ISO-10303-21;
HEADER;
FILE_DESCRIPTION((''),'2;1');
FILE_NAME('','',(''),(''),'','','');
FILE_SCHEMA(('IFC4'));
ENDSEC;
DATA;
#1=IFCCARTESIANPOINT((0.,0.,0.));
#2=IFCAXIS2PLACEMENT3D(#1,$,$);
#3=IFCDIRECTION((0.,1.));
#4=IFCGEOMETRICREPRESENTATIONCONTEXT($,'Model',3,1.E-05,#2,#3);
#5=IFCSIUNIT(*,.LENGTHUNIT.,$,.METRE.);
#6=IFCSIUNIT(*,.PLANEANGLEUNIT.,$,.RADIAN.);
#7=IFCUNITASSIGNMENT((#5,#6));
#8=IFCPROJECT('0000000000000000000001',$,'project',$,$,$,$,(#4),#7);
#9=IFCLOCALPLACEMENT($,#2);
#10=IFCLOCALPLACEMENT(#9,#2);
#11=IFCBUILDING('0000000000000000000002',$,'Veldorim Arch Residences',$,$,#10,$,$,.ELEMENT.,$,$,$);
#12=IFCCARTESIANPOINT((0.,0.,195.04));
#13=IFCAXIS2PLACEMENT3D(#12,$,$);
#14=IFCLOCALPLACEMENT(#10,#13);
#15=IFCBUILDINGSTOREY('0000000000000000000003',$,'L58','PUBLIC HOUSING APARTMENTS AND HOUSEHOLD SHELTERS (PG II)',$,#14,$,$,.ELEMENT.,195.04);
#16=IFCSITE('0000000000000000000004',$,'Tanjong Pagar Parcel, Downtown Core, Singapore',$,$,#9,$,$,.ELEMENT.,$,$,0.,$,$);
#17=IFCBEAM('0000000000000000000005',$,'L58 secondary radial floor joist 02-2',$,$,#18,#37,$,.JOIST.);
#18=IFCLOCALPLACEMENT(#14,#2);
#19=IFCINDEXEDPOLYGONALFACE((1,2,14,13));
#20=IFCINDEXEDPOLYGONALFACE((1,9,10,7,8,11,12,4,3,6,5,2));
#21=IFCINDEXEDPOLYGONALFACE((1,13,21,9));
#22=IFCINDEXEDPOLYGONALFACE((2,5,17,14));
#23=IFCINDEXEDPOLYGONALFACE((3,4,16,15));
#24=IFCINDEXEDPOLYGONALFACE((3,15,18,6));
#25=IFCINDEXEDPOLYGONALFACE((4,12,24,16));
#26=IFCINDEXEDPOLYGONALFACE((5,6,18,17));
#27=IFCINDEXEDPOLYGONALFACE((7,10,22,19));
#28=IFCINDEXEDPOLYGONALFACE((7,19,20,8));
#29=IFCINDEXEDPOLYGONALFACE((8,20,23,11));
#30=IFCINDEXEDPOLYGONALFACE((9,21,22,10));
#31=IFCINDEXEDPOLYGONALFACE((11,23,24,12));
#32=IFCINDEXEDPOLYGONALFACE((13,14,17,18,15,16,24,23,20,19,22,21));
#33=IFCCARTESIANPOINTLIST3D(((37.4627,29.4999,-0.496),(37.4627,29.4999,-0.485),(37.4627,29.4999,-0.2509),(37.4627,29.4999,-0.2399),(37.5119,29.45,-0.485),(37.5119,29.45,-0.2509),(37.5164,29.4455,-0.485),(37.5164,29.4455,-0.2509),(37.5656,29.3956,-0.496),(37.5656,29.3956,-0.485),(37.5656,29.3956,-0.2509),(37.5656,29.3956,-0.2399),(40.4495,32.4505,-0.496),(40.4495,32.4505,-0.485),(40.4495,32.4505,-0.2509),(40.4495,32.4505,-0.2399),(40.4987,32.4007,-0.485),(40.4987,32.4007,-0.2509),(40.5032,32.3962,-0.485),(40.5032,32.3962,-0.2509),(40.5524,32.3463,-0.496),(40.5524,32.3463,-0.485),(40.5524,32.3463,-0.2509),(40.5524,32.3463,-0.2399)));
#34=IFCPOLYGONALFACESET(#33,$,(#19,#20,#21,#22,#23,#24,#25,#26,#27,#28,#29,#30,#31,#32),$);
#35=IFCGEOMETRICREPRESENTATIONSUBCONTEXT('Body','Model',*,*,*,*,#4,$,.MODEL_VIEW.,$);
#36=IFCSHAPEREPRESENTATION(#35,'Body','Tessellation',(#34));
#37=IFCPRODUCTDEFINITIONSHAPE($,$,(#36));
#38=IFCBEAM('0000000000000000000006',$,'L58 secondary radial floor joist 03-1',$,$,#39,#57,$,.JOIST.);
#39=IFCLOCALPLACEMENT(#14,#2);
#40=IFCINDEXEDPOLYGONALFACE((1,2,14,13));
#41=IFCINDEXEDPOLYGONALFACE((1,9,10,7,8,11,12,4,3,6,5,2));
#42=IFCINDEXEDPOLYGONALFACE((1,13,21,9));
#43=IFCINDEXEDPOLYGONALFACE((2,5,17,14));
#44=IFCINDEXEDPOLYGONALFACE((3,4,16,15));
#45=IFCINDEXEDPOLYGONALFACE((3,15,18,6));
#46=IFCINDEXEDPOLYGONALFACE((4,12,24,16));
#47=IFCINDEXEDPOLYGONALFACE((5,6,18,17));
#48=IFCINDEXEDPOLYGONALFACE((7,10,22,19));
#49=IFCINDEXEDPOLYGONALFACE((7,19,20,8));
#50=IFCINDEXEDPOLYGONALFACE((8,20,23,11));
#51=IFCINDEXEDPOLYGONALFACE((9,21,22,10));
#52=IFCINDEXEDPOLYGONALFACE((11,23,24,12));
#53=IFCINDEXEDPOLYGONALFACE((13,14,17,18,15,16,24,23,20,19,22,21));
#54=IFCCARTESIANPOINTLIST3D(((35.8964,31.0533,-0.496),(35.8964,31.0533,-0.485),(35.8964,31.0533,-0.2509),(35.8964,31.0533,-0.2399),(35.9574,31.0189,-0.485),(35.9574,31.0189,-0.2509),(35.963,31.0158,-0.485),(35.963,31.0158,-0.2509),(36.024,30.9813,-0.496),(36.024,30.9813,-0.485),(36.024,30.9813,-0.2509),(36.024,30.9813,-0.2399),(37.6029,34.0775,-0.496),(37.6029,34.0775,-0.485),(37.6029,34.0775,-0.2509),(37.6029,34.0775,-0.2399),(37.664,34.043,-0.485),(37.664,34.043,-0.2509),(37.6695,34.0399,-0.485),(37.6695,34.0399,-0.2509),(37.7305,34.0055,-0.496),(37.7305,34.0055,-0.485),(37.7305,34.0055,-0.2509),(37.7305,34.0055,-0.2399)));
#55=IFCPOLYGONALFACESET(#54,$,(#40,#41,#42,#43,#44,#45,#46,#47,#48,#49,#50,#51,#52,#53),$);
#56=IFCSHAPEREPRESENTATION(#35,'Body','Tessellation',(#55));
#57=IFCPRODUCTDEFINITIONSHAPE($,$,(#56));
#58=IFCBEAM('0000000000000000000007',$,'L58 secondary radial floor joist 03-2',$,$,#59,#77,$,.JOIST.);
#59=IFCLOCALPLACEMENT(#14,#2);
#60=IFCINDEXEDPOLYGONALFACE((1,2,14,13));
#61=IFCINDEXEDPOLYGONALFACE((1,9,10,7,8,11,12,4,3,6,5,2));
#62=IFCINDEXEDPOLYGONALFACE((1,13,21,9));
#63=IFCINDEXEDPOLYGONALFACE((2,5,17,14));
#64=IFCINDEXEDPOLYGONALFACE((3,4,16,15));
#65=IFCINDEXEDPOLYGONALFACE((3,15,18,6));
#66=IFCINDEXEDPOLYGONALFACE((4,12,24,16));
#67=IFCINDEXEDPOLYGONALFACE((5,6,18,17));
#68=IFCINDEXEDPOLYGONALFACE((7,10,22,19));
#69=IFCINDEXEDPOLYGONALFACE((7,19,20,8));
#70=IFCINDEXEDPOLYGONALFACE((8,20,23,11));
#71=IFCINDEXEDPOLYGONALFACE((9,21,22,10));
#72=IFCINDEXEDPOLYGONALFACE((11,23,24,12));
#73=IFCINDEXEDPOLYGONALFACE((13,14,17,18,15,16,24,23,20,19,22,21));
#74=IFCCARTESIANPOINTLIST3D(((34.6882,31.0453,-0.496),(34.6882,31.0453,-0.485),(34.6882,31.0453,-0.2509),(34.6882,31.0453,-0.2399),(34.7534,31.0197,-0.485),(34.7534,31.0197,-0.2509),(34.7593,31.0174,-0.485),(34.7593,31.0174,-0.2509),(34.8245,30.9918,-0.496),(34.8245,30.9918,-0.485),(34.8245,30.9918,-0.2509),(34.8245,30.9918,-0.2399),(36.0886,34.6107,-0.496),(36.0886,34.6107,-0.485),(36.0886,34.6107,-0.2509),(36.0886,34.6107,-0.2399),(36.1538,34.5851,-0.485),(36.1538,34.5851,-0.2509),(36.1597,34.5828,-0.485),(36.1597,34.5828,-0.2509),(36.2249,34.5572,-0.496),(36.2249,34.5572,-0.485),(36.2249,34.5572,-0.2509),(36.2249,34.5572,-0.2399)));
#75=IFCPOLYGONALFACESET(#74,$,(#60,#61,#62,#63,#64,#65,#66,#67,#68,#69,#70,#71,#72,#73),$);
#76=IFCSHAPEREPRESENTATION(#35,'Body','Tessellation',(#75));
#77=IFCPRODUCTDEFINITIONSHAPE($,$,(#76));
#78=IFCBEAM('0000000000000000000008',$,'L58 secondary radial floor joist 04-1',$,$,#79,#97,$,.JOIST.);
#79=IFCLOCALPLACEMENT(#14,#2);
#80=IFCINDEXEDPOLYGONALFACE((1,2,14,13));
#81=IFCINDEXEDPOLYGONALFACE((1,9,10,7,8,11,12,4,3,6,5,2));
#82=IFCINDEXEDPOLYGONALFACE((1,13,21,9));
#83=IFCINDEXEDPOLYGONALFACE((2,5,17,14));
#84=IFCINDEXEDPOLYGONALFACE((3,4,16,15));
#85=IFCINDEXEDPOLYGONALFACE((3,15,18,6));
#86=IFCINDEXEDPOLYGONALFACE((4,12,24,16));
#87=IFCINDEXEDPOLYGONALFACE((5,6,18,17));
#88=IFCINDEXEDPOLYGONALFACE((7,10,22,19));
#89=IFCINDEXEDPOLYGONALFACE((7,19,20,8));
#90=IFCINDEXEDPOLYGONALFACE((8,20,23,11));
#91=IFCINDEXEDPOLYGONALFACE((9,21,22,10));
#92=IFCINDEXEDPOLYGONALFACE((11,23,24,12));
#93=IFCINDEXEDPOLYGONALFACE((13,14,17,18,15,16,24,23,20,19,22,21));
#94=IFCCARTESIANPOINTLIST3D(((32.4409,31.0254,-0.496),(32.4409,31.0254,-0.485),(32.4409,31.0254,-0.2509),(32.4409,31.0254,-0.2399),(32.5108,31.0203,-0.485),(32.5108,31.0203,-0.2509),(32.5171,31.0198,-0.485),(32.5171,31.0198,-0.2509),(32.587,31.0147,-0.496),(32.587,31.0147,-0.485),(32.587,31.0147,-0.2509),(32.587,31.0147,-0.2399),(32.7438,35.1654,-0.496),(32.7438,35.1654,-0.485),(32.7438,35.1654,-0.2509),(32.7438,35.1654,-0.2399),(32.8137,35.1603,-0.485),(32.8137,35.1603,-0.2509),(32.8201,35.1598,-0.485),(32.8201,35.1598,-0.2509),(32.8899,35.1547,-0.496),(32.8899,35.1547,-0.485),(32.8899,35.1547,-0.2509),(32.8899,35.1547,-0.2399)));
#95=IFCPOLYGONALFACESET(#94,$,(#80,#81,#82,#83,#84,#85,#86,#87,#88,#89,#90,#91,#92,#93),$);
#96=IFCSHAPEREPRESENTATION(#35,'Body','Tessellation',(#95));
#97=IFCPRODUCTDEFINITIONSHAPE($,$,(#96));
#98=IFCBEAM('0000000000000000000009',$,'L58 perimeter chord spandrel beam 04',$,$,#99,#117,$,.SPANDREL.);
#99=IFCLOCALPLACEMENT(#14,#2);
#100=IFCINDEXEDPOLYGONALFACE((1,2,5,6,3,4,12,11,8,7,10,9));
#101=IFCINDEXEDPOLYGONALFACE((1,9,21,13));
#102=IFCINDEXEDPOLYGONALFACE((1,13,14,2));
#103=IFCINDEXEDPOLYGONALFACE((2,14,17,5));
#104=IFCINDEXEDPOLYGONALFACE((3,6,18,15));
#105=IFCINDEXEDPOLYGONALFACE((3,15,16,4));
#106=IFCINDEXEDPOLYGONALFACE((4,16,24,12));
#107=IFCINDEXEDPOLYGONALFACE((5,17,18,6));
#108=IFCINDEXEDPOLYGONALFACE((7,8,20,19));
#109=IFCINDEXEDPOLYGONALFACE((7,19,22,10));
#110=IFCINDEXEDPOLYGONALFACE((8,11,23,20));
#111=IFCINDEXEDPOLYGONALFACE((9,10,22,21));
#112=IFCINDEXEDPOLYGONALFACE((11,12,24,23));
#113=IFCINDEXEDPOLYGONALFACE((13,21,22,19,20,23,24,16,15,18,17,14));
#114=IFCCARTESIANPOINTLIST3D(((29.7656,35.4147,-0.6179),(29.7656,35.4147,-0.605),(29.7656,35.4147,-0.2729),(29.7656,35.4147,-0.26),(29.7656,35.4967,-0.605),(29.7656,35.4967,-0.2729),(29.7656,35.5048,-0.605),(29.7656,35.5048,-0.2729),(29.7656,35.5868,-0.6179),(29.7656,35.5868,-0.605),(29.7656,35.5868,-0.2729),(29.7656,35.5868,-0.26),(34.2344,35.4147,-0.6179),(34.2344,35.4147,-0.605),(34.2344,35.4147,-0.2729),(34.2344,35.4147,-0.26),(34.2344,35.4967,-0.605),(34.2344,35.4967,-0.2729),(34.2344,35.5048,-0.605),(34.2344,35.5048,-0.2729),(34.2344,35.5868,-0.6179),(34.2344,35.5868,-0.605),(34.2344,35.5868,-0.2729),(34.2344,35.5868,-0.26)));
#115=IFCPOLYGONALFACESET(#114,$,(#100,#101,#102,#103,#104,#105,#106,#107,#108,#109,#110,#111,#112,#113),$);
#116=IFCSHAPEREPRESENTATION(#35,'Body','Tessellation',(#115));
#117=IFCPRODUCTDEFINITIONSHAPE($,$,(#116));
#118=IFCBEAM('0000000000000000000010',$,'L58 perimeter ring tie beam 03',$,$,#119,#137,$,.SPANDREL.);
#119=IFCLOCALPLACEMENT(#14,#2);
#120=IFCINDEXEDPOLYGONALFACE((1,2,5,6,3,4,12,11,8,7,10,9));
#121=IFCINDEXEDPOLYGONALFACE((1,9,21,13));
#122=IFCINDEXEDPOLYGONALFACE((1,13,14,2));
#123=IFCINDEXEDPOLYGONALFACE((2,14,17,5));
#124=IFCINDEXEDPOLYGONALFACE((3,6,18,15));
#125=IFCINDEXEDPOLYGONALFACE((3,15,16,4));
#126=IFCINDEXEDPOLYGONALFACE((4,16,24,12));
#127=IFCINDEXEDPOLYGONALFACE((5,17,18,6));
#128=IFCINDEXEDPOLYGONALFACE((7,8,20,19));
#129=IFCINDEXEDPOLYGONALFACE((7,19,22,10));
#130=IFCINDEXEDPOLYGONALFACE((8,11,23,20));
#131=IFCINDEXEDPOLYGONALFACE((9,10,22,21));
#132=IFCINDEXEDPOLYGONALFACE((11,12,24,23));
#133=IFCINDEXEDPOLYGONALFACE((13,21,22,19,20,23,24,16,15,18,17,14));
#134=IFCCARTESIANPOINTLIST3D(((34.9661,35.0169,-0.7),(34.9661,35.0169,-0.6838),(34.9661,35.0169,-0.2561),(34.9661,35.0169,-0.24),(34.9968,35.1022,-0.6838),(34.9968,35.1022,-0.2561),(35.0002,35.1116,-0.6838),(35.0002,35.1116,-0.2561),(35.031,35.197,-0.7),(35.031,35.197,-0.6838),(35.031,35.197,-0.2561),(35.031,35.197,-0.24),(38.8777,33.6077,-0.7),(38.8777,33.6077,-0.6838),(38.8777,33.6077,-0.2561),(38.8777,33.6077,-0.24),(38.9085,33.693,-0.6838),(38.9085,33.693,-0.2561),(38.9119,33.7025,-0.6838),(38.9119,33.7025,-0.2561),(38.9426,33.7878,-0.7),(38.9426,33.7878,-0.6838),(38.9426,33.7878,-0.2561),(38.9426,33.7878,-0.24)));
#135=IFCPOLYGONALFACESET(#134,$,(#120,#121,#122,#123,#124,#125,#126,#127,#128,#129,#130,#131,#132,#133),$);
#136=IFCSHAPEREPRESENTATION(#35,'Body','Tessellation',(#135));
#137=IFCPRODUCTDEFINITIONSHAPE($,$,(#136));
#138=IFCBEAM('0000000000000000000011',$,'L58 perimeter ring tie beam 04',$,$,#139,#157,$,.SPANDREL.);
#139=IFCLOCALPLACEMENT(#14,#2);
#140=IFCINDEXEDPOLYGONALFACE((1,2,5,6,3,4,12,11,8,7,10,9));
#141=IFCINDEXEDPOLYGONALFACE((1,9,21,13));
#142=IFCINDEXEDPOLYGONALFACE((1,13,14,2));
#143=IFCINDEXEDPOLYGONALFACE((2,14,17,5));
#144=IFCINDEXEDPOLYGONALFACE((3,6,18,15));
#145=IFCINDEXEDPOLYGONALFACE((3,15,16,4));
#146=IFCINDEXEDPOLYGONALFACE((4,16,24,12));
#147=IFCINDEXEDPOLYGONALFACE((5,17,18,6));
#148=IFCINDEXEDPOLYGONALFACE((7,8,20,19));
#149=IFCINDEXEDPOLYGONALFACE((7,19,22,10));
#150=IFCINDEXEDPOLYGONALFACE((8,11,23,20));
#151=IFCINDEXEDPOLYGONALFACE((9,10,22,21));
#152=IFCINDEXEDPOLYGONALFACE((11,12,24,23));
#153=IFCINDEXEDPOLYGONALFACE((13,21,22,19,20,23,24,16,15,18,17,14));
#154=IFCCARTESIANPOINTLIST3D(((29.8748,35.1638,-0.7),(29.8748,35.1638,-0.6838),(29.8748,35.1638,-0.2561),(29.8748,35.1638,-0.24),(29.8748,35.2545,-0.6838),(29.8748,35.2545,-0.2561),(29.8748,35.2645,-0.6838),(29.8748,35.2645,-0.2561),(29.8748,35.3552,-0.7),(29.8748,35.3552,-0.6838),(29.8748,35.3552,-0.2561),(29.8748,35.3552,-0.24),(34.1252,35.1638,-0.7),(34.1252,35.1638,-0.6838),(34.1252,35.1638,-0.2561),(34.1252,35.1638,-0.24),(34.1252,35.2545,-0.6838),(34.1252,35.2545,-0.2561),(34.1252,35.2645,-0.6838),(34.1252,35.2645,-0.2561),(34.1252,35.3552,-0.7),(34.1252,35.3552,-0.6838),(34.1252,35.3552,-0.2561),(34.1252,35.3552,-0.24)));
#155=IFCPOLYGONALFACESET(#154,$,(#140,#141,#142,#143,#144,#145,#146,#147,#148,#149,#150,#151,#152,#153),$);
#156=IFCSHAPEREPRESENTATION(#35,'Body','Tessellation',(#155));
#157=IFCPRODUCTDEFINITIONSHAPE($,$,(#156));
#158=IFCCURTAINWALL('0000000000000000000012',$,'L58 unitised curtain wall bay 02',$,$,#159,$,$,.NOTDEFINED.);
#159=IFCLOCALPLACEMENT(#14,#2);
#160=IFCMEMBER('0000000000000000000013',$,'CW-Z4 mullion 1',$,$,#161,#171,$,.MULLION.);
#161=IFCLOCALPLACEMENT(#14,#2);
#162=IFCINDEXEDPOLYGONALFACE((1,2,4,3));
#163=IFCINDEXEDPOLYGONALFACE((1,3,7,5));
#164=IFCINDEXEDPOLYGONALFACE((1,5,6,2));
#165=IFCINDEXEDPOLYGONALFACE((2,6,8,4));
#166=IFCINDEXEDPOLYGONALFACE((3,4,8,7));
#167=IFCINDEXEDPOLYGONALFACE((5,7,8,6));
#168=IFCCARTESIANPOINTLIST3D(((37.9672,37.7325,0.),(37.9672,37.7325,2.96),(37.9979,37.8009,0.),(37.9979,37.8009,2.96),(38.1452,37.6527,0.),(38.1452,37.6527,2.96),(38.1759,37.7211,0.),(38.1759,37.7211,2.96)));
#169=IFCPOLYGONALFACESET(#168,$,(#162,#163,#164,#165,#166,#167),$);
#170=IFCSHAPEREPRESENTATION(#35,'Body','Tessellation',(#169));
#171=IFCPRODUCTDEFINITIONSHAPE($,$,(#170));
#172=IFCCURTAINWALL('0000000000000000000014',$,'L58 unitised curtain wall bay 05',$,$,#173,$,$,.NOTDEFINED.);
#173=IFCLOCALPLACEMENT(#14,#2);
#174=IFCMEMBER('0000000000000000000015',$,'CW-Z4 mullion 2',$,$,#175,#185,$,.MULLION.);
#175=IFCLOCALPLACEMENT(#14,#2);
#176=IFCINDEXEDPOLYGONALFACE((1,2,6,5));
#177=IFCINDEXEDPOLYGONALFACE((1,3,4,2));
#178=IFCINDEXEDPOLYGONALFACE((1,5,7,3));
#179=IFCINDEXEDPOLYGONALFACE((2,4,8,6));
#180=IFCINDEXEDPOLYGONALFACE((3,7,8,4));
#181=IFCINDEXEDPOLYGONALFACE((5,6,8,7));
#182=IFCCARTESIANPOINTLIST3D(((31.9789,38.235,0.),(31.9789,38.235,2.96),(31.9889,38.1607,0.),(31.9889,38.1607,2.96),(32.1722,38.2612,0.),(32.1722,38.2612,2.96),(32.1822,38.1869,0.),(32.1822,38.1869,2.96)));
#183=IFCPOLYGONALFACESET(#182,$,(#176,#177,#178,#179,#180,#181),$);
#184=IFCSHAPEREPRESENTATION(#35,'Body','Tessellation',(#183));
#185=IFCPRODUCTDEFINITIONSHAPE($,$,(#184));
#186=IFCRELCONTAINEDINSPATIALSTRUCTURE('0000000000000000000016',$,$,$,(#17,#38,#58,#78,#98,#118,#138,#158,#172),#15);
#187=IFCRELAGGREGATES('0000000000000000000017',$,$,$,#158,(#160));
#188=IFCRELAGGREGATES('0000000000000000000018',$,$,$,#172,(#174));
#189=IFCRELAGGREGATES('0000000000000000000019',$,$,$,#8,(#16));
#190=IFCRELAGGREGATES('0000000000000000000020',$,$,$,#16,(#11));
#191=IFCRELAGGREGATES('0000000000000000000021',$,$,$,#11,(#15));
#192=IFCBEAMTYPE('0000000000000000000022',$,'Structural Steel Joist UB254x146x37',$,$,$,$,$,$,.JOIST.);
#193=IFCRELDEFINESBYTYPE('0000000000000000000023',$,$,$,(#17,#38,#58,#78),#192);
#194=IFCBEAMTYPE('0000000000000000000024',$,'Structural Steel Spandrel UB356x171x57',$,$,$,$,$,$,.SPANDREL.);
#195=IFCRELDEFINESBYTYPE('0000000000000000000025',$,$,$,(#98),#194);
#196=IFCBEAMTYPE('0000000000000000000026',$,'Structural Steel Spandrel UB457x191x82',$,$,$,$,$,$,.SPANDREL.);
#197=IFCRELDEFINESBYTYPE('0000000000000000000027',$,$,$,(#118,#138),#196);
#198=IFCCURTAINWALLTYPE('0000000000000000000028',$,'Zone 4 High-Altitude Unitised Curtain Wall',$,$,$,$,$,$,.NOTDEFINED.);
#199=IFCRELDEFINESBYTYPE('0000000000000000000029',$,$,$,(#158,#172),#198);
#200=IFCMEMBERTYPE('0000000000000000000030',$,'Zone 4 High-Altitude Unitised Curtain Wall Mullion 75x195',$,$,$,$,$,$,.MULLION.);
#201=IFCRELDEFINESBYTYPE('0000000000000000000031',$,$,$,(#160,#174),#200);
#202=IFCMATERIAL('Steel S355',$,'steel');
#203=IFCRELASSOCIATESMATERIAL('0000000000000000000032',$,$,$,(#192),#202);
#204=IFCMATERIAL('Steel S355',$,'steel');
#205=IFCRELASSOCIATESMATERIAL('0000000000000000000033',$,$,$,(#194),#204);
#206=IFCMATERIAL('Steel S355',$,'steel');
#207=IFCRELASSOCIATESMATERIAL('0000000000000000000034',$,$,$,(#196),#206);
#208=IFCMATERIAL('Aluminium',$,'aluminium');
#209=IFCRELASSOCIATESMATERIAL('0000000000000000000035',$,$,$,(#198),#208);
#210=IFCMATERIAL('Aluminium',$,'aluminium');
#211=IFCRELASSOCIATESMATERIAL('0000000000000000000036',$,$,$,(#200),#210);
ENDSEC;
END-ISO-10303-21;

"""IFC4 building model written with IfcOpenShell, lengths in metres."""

from ifc_helpers import new_model, si_unit, direction, frame, origin, origin_2d, place, context, subcontext, project, spatial, rectangle, i_section, extrude, material, material_profile, profile_set, type_object, element, aggregate, save


model = new_model("IFC4")

# Units and contexts
model_context = context("Model", 3, precision=1e-05, world=origin(), true_north=direction((0.0, 1.0)))
body_context = subcontext(model_context, "Body", "Model", "MODEL_VIEW")
ifc_project = project(units=[si_unit("LENGTHUNIT", "METRE"), si_unit("PLANEANGLEUNIT", "RADIAN")], contexts=[model_context])

# Site, building, storey
site_placement = place(None, origin())
site = spatial("IfcSite", under=ifc_project, at=site_placement, Name="Tanjong Pagar Parcel, Downtown Core, Singapore", CompositionType="ELEMENT", RefElevation=0.0)
building_placement = place(site_placement, origin())
building = spatial("IfcBuilding", under=site, at=building_placement, Name="Veldorim Arch Residences", CompositionType="ELEMENT")
storey_placement = place(building_placement, frame((0.0, 0.0, 195.04)))
storey = spatial("IfcBuildingStorey", under=building, at=storey_placement, Name="L58", Description="PUBLIC HOUSING APARTMENTS AND HOUSEHOLD SHELTERS (PG II)", CompositionType="ELEMENT", Elevation=195.04)

# Beams
ifc_material_1 = material(Name="Steel S355", Category="steel")
ifc_material_profile_1 = material_profile(ifc_material_1, i_section(OverallWidth=0.1465, OverallDepth=0.2561, WebThickness=0.0063, FlangeThickness=0.011, at=origin_2d()), Name="UB254x146x37")
ifc_profile_set_1 = profile_set([ifc_material_profile_1], Name="Steel S355")
beam_type_1 = type_object("IfcBeamType", Name="Structural Steel Joist UB254x146x37", PredefinedType="JOIST", material=ifc_profile_set_1)
beam_1_placement = place(storey_placement, frame((37.5142, 29.4478, -0.3679), z_axis=(0.711397, 0.702791, 0.0), x_axis=(-0.702791, 0.711397, 0.0)))
element("IfcBeam", 1, at=beam_1_placement, inside=storey, type_object=beam_type_1, Name="L58 secondary radial floor joist 02-2", PredefinedType="JOIST", context=body_context, shape_type="SweptSolid", body=[
    extrude(i_section(OverallWidth=0.1465, OverallDepth=0.2561, WebThickness=0.0063, FlangeThickness=0.011, at=origin_2d()), origin(), (0.0, 0.0, 1.0), 4.1985),
])
beam_2_placement = place(storey_placement, frame((35.9602, 31.0173, -0.3679), z_axis=(0.491452, 0.870904, 0.0), x_axis=(-0.870904, 0.491452, 0.0)))
element("IfcBeam", 2, at=beam_2_placement, inside=storey, type_object=beam_type_1, Name="L58 secondary radial floor joist 03-1", PredefinedType="JOIST", context=body_context, shape_type="SweptSolid", body=[
    extrude(i_section(OverallWidth=0.1465, OverallDepth=0.2561, WebThickness=0.0063, FlangeThickness=0.011, at=origin_2d()), origin(), (0.0, 0.0, 1.0), 3.4724),
])
beam_3_placement = place(storey_placement, frame((34.7563, 31.0186, -0.3679), z_axis=(0.365581, 0.930779, 0.0), x_axis=(-0.930779, 0.365581, 0.0)))
element("IfcBeam", 3, at=beam_3_placement, inside=storey, type_object=beam_type_1, Name="L58 secondary radial floor joist 03-2", PredefinedType="JOIST", context=body_context, shape_type="SweptSolid", body=[
    extrude(i_section(OverallWidth=0.1465, OverallDepth=0.2561, WebThickness=0.0063, FlangeThickness=0.011, at=origin_2d()), origin(), (0.0, 0.0, 1.0), 3.8306),
])
beam_4_placement = place(storey_placement, frame((32.5139, 31.02, -0.3679), z_axis=(0.072986, 0.997333, 0.0), x_axis=(-0.997333, 0.072986, 0.0)))
element("IfcBeam", 4, at=beam_4_placement, inside=storey, type_object=beam_type_1, Name="L58 secondary radial floor joist 04-1", PredefinedType="JOIST", context=body_context, shape_type="SweptSolid", body=[
    extrude(i_section(OverallWidth=0.1465, OverallDepth=0.2561, WebThickness=0.0063, FlangeThickness=0.011, at=origin_2d()), origin(), (0.0, 0.0, 1.0), 4.1511),
])
ifc_material_2 = material(Name="Steel S355", Category="steel")
ifc_material_profile_2 = material_profile(ifc_material_2, i_section(OverallWidth=0.1721, OverallDepth=0.3579, WebThickness=0.0081, FlangeThickness=0.0129, at=origin_2d()), Name="UB356x171x57")
ifc_profile_set_2 = profile_set([ifc_material_profile_2], Name="Steel S355")
beam_type_2 = type_object("IfcBeamType", Name="Structural Steel Spandrel UB356x171x57", PredefinedType="SPANDREL", material=ifc_profile_set_2)
beam_5_placement = place(storey_placement, frame((34.2344, 35.5007, -0.439), z_axis=(-1.0, 0.0, 0.0), x_axis=(0.0, -1.0, 0.0)))
element("IfcBeam", 5, at=beam_5_placement, inside=storey, type_object=beam_type_2, Name="L58 perimeter chord spandrel beam 04", PredefinedType="SPANDREL", context=body_context, shape_type="SweptSolid", body=[
    extrude(i_section(OverallWidth=0.1721, OverallDepth=0.3579, WebThickness=0.0081, FlangeThickness=0.0129, at=origin_2d()), origin(), (0.0, 0.0, 1.0), 4.4688),
])
ifc_material_3 = material(Name="Steel S355", Category="steel")
ifc_material_profile_3 = material_profile(ifc_material_3, i_section(OverallWidth=0.1914, OverallDepth=0.46, WebThickness=0.01, FlangeThickness=0.0161, at=origin_2d()), Name="UB457x191x82")
ifc_profile_set_3 = profile_set([ifc_material_profile_3], Name="Steel S355")
beam_type_3 = type_object("IfcBeamType", Name="Structural Steel Spandrel UB457x191x82", PredefinedType="SPANDREL", material=ifc_profile_set_3)
beam_6_placement = place(storey_placement, frame((38.9102, 33.6978, -0.47), z_axis=(-0.940811, 0.338932, 0.0), x_axis=(-0.338932, -0.940811, 0.0)))
element("IfcBeam", 6, at=beam_6_placement, inside=storey, type_object=beam_type_3, Name="L58 perimeter ring tie beam 03", PredefinedType="SPANDREL", context=body_context, shape_type="SweptSolid", body=[
    extrude(i_section(OverallWidth=0.1914, OverallDepth=0.46, WebThickness=0.01, FlangeThickness=0.0161, at=origin_2d()), origin(), (0.0, 0.0, 1.0), 4.1577),
])
beam_7_placement = place(storey_placement, frame((34.1252, 35.2595, -0.47), z_axis=(-1.0, 0.0, 0.0), x_axis=(0.0, -1.0, 0.0)))
element("IfcBeam", 7, at=beam_7_placement, inside=storey, type_object=beam_type_3, Name="L58 perimeter ring tie beam 04", PredefinedType="SPANDREL", context=body_context, shape_type="SweptSolid", body=[
    extrude(i_section(OverallWidth=0.1914, OverallDepth=0.46, WebThickness=0.01, FlangeThickness=0.0161, at=origin_2d()), origin(), (0.0, 0.0, 1.0), 4.2505),
])

# Curtain wall, member
ifc_material_4 = material(Name="Aluminium", Category="aluminium")
curtain_wall_type = type_object("IfcCurtainWallType", Name="Zone 4 High-Altitude Unitised Curtain Wall", PredefinedType="NOTDEFINED", material=ifc_material_4)
curtain_wall_1_placement = place(storey_placement, origin())
curtain_wall_1 = element("IfcCurtainWall", 8, at=curtain_wall_1_placement, inside=storey, type_object=curtain_wall_type, Name="L58 unitised curtain wall bay 02", PredefinedType="NOTDEFINED")
ifc_material_5 = material(Name="Aluminium", Category="aluminium")
ifc_material_profile_4 = material_profile(ifc_material_5, rectangle(XDim=0.075, YDim=0.1951, at=origin_2d()), Name="ALU_MUL_75x195")
ifc_profile_set_4 = profile_set([ifc_material_profile_4], Name="Aluminium")
member_type_1 = type_object("IfcMemberType", Name="Zone 4 High-Altitude Unitised Curtain Wall Mullion 75x195", PredefinedType="MULLION", material=ifc_profile_set_4)
member_1_placement = place(storey_placement, frame((38.0715, 37.7268, 0.0), z_axis=(0.0, 0.0, 1.0), x_axis=(0.409149, 0.912468, 0.0)))
member_1 = element("IfcMember", 9, at=member_1_placement, type_object=member_type_1, Name="CW-Z4 mullion 1", PredefinedType="MULLION", context=body_context, shape_type="SweptSolid", body=[
    extrude(rectangle(XDim=0.075, YDim=0.1951, at=origin_2d()), origin(), (0.0, 0.0, 1.0), 2.96),
])

# Curtain wall, member
curtain_wall_2_placement = place(storey_placement, origin())
curtain_wall_2 = element("IfcCurtainWall", 10, at=curtain_wall_2_placement, inside=storey, type_object=curtain_wall_type, Name="L58 unitised curtain wall bay 05", PredefinedType="NOTDEFINED")
member_2_placement = place(storey_placement, frame((32.0806, 38.2109, 0.0), z_axis=(0.0, 0.0, 1.0), x_axis=(-0.134245, 0.990948, 0.0)))
member_2 = element("IfcMember", 11, at=member_2_placement, type_object=member_type_1, Name="CW-Z4 mullion 2", PredefinedType="MULLION", context=body_context, shape_type="SweptSolid", body=[
    extrude(rectangle(XDim=0.075, YDim=0.1951, at=origin_2d()), origin(), (0.0, 0.0, 1.0), 2.96),
])

aggregate(curtain_wall_1, [member_1])
aggregate(curtain_wall_2, [member_2])

save(model, "model.ifc")
